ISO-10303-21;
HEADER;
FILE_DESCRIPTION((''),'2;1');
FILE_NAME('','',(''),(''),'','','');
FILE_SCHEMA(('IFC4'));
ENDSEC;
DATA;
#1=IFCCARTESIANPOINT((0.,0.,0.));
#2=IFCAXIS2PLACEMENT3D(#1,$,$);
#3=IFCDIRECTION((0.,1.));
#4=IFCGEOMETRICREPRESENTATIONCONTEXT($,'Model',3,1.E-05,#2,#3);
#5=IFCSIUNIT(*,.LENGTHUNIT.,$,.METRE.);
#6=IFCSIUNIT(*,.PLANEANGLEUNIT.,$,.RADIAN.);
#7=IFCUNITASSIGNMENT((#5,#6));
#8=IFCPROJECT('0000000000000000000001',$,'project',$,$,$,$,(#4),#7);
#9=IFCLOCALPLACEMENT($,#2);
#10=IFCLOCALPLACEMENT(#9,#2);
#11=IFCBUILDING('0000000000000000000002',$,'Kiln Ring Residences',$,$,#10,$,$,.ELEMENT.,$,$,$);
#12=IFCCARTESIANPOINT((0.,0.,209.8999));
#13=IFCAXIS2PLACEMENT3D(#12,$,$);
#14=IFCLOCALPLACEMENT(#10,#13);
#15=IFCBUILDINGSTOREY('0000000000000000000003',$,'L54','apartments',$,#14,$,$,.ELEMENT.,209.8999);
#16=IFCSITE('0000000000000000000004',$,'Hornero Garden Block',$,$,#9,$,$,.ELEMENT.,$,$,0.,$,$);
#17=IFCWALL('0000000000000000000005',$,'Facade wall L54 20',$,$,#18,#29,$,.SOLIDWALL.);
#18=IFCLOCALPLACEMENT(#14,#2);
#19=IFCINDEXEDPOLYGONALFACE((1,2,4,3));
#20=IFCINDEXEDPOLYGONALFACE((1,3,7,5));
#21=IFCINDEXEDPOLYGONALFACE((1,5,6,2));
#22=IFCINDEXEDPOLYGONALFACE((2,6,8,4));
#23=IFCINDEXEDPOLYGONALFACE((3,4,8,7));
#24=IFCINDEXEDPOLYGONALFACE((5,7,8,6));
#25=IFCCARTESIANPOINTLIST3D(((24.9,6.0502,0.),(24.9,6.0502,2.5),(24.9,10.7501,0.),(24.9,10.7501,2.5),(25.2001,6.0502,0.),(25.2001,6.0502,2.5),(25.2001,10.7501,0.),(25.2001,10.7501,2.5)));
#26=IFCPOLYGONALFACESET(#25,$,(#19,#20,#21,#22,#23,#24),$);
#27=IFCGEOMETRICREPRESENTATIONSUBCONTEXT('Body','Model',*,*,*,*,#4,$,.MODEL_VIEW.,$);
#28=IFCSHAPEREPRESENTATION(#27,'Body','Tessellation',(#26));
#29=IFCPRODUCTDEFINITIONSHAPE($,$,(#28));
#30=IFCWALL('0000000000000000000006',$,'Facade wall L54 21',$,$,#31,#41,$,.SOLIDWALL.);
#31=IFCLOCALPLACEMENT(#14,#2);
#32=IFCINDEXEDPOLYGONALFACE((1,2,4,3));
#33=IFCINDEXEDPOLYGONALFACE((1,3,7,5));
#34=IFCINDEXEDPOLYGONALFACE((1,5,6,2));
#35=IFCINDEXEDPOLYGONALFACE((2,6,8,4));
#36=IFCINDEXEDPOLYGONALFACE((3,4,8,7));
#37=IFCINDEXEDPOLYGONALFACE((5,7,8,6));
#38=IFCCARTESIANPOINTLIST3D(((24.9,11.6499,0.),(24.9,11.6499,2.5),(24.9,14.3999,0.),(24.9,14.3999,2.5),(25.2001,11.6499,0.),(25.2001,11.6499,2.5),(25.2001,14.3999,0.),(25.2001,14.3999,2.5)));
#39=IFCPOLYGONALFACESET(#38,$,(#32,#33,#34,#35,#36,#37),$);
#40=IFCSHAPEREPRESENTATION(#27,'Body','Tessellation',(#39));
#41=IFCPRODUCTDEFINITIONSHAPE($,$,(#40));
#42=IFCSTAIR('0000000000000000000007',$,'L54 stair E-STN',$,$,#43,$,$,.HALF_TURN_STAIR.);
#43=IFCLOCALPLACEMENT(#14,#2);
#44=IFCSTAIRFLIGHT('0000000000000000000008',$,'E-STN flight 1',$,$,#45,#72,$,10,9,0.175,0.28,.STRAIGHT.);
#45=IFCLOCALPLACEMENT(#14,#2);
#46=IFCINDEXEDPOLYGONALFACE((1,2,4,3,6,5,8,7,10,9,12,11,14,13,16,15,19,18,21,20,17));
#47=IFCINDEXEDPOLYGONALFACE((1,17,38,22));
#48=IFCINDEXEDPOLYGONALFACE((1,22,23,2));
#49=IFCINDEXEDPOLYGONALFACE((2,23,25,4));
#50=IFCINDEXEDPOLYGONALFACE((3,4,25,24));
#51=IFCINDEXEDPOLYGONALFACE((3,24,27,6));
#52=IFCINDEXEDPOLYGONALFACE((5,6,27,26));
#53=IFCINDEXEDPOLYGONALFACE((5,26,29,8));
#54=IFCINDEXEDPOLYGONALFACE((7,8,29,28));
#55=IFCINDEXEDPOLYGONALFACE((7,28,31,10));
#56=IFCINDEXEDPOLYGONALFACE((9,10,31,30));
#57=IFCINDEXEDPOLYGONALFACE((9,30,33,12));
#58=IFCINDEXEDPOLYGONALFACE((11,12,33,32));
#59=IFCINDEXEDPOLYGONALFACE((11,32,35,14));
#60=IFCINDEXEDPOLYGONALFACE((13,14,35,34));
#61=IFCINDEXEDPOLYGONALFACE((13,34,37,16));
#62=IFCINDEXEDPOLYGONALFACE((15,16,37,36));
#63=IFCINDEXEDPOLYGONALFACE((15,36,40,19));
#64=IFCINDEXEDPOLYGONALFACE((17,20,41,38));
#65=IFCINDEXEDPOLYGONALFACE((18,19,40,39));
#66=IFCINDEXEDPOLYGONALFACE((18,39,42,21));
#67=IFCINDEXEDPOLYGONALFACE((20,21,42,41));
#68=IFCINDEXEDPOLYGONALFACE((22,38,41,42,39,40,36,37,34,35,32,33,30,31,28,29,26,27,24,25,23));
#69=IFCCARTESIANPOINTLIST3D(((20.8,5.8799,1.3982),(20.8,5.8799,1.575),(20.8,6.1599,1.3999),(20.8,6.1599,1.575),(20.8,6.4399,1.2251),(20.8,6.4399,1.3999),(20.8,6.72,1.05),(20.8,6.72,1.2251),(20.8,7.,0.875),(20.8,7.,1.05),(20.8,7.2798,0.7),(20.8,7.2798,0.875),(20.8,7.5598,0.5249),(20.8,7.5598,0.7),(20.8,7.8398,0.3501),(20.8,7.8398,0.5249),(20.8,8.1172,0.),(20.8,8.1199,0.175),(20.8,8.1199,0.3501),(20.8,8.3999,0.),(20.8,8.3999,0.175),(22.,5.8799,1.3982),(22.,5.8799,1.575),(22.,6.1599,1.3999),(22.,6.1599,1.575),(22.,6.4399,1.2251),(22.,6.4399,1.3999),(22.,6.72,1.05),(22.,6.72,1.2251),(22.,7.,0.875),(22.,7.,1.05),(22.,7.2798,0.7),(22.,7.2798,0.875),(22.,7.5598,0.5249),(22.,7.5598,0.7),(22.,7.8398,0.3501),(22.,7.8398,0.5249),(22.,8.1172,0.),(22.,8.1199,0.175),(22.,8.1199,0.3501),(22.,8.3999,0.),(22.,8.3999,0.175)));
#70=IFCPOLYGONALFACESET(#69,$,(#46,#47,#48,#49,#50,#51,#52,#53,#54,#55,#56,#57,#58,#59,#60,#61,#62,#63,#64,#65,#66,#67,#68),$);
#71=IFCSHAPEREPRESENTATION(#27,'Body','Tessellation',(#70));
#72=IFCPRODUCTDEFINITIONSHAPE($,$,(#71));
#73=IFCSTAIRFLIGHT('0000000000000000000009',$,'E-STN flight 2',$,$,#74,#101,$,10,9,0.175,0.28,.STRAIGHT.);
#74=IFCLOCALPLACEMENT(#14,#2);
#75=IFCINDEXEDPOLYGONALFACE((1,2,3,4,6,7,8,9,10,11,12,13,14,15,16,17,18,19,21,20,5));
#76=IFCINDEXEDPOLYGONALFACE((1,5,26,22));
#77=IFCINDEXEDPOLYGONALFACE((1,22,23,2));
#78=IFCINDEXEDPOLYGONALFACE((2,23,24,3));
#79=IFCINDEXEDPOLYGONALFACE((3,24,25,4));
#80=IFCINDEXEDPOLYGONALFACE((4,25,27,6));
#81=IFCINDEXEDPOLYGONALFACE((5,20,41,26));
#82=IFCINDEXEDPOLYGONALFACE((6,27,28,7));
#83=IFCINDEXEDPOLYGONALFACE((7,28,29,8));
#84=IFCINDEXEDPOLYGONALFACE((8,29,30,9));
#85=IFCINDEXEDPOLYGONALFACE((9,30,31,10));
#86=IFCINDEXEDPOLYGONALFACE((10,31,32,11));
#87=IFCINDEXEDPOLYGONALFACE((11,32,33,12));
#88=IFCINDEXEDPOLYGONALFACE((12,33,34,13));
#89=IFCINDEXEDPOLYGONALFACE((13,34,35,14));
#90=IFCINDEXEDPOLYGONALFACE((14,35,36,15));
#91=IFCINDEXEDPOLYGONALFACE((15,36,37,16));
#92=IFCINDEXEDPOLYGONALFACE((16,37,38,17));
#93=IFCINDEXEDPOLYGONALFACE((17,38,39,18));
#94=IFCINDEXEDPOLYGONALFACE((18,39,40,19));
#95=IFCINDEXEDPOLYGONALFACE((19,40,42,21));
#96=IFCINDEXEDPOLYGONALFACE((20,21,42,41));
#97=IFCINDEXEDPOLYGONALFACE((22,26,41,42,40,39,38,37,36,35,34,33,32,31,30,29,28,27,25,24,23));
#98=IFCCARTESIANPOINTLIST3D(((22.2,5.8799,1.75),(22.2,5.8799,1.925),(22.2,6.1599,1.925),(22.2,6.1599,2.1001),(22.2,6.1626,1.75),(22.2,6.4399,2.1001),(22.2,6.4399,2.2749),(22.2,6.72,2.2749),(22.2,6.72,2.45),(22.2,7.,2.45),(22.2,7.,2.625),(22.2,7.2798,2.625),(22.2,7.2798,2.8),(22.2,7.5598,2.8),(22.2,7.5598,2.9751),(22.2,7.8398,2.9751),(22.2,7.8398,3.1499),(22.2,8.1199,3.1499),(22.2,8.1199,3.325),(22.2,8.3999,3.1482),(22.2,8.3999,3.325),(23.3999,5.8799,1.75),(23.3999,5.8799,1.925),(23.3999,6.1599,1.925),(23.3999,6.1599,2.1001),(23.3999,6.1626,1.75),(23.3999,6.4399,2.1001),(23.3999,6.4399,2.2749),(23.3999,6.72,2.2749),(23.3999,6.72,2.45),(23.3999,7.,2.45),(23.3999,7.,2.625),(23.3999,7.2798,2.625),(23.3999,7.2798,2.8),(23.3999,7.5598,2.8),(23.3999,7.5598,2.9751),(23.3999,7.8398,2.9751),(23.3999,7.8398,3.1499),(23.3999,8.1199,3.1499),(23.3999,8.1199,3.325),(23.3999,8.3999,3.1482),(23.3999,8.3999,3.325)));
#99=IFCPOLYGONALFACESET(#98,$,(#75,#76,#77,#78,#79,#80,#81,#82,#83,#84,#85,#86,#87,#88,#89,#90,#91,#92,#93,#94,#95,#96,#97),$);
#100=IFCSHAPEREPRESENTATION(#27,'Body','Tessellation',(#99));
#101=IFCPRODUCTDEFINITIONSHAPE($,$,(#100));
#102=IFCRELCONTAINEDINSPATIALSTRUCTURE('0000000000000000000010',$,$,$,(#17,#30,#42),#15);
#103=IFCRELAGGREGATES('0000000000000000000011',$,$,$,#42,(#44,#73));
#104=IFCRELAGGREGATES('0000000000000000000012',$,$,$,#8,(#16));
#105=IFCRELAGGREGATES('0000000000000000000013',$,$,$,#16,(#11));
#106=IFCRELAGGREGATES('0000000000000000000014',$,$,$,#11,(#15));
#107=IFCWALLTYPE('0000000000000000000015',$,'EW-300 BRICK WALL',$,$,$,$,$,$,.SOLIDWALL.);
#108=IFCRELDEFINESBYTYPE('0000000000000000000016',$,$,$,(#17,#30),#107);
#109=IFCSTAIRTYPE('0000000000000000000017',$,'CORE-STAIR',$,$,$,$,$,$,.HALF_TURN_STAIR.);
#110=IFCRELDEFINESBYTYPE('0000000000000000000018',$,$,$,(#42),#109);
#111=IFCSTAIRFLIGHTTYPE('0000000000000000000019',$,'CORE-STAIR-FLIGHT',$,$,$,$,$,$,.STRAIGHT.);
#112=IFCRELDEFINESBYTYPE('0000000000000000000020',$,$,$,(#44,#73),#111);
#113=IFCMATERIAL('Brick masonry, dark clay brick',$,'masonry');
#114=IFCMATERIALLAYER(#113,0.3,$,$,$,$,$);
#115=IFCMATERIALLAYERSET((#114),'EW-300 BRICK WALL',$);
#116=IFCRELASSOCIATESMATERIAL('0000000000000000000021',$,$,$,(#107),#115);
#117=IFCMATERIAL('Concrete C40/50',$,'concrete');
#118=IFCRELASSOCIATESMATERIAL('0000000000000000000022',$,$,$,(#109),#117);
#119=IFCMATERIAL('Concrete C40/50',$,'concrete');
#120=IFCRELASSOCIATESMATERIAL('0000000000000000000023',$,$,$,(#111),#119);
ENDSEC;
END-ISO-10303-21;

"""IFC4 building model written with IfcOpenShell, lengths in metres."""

from ifc_helpers import new_model, si_unit, direction, frame, frame_2d, origin, place, context, subcontext, project, spatial, polyline, rectangle, outline, extrude, material, layer, layer_set, type_object, element, aggregate, save


model = new_model("IFC4")

# Units and contexts
model_context = context("Model", 3, precision=1e-05, world=origin(), true_north=direction((0.0, 1.0)))
body_context = subcontext(model_context, "Body", "Model", "MODEL_VIEW")
ifc_project = project(units=[si_unit("LENGTHUNIT", "METRE"), si_unit("PLANEANGLEUNIT", "RADIAN")], contexts=[model_context])

# Site, building, storey
site_placement = place(None, origin())
site = spatial("IfcSite", under=ifc_project, at=site_placement, Name="Hornero Garden Block", CompositionType="ELEMENT", RefElevation=0.0)
building_placement = place(site_placement, origin())
building = spatial("IfcBuilding", under=site, at=building_placement, Name="Kiln Ring Residences", CompositionType="ELEMENT")
storey_placement = place(building_placement, frame((0.0, 0.0, 209.8999)))
storey = spatial("IfcBuildingStorey", under=building, at=storey_placement, Name="L54", Description="apartments", CompositionType="ELEMENT", Elevation=209.8999)

# Walls
ifc_material_1 = material(Name="Brick masonry, dark clay brick", Category="masonry")
ifc_layer_1 = layer(ifc_material_1, 0.3)
ifc_layer_set_1 = layer_set([ifc_layer_1], Name="EW-300 BRICK WALL")
wall_type_1 = type_object("IfcWallType", Name="EW-300 BRICK WALL", PredefinedType="SOLIDWALL", material=ifc_layer_set_1)
for number, where, z_axis, x_axis, name in (
    (1, (25.05, 6.05, 0.0), (0.0, 0.0, 1.0), (0.0, 1.0, 0.0), "Facade wall L54 20"),
):
    element("IfcWall", number, at=place(storey_placement, frame(where, z_axis=z_axis, x_axis=x_axis)), inside=storey, type_object=wall_type_1, Name=name, PredefinedType="SOLIDWALL", context=body_context, shape_type="SweptSolid", body=[
        extrude(rectangle(XDim=4.7, YDim=0.3, at=frame_2d((2.3501, 0.0))), origin(), (0.0, 0.0, 1.0), 2.5),
    ])
wall_1_placement = place(storey_placement, frame((25.05, 11.6499, 0.0), z_axis=(0.0, 0.0, 1.0), x_axis=(0.0, 1.0, 0.0)))
element("IfcWall", 2, at=wall_1_placement, inside=storey, type_object=wall_type_1, Name="Facade wall L54 21", PredefinedType="SOLIDWALL", context=body_context, shape_type="SweptSolid", body=[
    extrude(rectangle(XDim=2.75, YDim=0.3, at=frame_2d((1.375, 0.0))), origin(), (0.0, 0.0, 1.0), 2.5),
])

# Stair, stair flights
ifc_material_2 = material(Name="Concrete C40/50", Category="concrete")
stair_type = type_object("IfcStairType", Name="CORE-STAIR", PredefinedType="HALF_TURN_STAIR", material=ifc_material_2)
stair_placement = place(storey_placement, origin())
stair = element("IfcStair", 3, at=stair_placement, inside=storey, type_object=stair_type, Name="L54 stair E-STN", PredefinedType="HALF_TURN_STAIR")
ifc_material_3 = material(Name="Concrete C40/50", Category="concrete")
stair_flight_type = type_object("IfcStairFlightType", Name="CORE-STAIR-FLIGHT", PredefinedType="STRAIGHT", material=ifc_material_3)
stair_flight_1_placement = place(storey_placement, frame((21.3999, 8.3999, 0.0), z_axis=(0.0, 0.0, 1.0), x_axis=(0.0, -1.0, 0.0)))
stair_flight_1 = element("IfcStairFlight", 4, at=stair_flight_1_placement, type_object=stair_flight_type, Name="E-STN flight 1", NumberOfRisers=10, NumberOfTreads=9, PredefinedType="STRAIGHT", RiserHeight=0.175, TreadLength=0.28, context=body_context, shape_type="SweptSolid", body=[
    extrude(outline(polyline([(0.0, 0.0), (0.0, 0.175), (0.28, 0.175), (0.28, 0.3501), (0.5601, 0.3501), (0.5601, 0.5249), (0.8401, 0.5249), (0.8401, 0.7), (1.1201, 0.7), (1.1201, 0.875), (1.3999, 0.875), (1.3999, 1.05), (1.6799, 1.05), (1.6799, 1.2251), (1.96, 1.2251), (1.96, 1.3999), (2.24, 1.3999), (2.24, 1.575), (2.52, 1.575), (2.52, 1.75), (2.52, 1.3982), (0.2827, 0.0), (0.0, 0.0)])), frame((0.0, 0.6001, 0.0), z_axis=(0.0, -1.0, 0.0), x_axis=(1.0, 0.0, 0.0)), (0.0, 0.0, 1.0), 1.2),
])
stair_flight_2_placement = place(storey_placement, frame((22.8, 5.8799, 1.75), z_axis=(0.0, 0.0, 1.0), x_axis=(0.0, 1.0, 0.0)))
stair_flight_2 = element("IfcStairFlight", 5, at=stair_flight_2_placement, type_object=stair_flight_type, Name="E-STN flight 2", NumberOfRisers=10, NumberOfTreads=9, PredefinedType="STRAIGHT", RiserHeight=0.175, TreadLength=0.28, context=body_context, shape_type="SweptSolid", body=[
    extrude(outline(polyline([(0.0, 0.0), (0.0, 0.175), (0.28, 0.175), (0.28, 0.3501), (0.5601, 0.3501), (0.5601, 0.5249), (0.8401, 0.5249), (0.8401, 0.7), (1.1201, 0.7), (1.1201, 0.875), (1.3999, 0.875), (1.3999, 1.05), (1.6799, 1.05), (1.6799, 1.2251), (1.96, 1.2251), (1.96, 1.3999), (2.24, 1.3999), (2.24, 1.575), (2.52, 1.575), (2.52, 1.75), (2.52, 1.3982), (0.2827, 0.0), (0.0, 0.0)])), frame((0.0, 0.6001, 0.0), z_axis=(0.0, -1.0, 0.0), x_axis=(1.0, 0.0, 0.0)), (0.0, 0.0, 1.0), 1.2),
])
aggregate(stair, [stair_flight_1, stair_flight_2])

save(model, "model.ifc")
